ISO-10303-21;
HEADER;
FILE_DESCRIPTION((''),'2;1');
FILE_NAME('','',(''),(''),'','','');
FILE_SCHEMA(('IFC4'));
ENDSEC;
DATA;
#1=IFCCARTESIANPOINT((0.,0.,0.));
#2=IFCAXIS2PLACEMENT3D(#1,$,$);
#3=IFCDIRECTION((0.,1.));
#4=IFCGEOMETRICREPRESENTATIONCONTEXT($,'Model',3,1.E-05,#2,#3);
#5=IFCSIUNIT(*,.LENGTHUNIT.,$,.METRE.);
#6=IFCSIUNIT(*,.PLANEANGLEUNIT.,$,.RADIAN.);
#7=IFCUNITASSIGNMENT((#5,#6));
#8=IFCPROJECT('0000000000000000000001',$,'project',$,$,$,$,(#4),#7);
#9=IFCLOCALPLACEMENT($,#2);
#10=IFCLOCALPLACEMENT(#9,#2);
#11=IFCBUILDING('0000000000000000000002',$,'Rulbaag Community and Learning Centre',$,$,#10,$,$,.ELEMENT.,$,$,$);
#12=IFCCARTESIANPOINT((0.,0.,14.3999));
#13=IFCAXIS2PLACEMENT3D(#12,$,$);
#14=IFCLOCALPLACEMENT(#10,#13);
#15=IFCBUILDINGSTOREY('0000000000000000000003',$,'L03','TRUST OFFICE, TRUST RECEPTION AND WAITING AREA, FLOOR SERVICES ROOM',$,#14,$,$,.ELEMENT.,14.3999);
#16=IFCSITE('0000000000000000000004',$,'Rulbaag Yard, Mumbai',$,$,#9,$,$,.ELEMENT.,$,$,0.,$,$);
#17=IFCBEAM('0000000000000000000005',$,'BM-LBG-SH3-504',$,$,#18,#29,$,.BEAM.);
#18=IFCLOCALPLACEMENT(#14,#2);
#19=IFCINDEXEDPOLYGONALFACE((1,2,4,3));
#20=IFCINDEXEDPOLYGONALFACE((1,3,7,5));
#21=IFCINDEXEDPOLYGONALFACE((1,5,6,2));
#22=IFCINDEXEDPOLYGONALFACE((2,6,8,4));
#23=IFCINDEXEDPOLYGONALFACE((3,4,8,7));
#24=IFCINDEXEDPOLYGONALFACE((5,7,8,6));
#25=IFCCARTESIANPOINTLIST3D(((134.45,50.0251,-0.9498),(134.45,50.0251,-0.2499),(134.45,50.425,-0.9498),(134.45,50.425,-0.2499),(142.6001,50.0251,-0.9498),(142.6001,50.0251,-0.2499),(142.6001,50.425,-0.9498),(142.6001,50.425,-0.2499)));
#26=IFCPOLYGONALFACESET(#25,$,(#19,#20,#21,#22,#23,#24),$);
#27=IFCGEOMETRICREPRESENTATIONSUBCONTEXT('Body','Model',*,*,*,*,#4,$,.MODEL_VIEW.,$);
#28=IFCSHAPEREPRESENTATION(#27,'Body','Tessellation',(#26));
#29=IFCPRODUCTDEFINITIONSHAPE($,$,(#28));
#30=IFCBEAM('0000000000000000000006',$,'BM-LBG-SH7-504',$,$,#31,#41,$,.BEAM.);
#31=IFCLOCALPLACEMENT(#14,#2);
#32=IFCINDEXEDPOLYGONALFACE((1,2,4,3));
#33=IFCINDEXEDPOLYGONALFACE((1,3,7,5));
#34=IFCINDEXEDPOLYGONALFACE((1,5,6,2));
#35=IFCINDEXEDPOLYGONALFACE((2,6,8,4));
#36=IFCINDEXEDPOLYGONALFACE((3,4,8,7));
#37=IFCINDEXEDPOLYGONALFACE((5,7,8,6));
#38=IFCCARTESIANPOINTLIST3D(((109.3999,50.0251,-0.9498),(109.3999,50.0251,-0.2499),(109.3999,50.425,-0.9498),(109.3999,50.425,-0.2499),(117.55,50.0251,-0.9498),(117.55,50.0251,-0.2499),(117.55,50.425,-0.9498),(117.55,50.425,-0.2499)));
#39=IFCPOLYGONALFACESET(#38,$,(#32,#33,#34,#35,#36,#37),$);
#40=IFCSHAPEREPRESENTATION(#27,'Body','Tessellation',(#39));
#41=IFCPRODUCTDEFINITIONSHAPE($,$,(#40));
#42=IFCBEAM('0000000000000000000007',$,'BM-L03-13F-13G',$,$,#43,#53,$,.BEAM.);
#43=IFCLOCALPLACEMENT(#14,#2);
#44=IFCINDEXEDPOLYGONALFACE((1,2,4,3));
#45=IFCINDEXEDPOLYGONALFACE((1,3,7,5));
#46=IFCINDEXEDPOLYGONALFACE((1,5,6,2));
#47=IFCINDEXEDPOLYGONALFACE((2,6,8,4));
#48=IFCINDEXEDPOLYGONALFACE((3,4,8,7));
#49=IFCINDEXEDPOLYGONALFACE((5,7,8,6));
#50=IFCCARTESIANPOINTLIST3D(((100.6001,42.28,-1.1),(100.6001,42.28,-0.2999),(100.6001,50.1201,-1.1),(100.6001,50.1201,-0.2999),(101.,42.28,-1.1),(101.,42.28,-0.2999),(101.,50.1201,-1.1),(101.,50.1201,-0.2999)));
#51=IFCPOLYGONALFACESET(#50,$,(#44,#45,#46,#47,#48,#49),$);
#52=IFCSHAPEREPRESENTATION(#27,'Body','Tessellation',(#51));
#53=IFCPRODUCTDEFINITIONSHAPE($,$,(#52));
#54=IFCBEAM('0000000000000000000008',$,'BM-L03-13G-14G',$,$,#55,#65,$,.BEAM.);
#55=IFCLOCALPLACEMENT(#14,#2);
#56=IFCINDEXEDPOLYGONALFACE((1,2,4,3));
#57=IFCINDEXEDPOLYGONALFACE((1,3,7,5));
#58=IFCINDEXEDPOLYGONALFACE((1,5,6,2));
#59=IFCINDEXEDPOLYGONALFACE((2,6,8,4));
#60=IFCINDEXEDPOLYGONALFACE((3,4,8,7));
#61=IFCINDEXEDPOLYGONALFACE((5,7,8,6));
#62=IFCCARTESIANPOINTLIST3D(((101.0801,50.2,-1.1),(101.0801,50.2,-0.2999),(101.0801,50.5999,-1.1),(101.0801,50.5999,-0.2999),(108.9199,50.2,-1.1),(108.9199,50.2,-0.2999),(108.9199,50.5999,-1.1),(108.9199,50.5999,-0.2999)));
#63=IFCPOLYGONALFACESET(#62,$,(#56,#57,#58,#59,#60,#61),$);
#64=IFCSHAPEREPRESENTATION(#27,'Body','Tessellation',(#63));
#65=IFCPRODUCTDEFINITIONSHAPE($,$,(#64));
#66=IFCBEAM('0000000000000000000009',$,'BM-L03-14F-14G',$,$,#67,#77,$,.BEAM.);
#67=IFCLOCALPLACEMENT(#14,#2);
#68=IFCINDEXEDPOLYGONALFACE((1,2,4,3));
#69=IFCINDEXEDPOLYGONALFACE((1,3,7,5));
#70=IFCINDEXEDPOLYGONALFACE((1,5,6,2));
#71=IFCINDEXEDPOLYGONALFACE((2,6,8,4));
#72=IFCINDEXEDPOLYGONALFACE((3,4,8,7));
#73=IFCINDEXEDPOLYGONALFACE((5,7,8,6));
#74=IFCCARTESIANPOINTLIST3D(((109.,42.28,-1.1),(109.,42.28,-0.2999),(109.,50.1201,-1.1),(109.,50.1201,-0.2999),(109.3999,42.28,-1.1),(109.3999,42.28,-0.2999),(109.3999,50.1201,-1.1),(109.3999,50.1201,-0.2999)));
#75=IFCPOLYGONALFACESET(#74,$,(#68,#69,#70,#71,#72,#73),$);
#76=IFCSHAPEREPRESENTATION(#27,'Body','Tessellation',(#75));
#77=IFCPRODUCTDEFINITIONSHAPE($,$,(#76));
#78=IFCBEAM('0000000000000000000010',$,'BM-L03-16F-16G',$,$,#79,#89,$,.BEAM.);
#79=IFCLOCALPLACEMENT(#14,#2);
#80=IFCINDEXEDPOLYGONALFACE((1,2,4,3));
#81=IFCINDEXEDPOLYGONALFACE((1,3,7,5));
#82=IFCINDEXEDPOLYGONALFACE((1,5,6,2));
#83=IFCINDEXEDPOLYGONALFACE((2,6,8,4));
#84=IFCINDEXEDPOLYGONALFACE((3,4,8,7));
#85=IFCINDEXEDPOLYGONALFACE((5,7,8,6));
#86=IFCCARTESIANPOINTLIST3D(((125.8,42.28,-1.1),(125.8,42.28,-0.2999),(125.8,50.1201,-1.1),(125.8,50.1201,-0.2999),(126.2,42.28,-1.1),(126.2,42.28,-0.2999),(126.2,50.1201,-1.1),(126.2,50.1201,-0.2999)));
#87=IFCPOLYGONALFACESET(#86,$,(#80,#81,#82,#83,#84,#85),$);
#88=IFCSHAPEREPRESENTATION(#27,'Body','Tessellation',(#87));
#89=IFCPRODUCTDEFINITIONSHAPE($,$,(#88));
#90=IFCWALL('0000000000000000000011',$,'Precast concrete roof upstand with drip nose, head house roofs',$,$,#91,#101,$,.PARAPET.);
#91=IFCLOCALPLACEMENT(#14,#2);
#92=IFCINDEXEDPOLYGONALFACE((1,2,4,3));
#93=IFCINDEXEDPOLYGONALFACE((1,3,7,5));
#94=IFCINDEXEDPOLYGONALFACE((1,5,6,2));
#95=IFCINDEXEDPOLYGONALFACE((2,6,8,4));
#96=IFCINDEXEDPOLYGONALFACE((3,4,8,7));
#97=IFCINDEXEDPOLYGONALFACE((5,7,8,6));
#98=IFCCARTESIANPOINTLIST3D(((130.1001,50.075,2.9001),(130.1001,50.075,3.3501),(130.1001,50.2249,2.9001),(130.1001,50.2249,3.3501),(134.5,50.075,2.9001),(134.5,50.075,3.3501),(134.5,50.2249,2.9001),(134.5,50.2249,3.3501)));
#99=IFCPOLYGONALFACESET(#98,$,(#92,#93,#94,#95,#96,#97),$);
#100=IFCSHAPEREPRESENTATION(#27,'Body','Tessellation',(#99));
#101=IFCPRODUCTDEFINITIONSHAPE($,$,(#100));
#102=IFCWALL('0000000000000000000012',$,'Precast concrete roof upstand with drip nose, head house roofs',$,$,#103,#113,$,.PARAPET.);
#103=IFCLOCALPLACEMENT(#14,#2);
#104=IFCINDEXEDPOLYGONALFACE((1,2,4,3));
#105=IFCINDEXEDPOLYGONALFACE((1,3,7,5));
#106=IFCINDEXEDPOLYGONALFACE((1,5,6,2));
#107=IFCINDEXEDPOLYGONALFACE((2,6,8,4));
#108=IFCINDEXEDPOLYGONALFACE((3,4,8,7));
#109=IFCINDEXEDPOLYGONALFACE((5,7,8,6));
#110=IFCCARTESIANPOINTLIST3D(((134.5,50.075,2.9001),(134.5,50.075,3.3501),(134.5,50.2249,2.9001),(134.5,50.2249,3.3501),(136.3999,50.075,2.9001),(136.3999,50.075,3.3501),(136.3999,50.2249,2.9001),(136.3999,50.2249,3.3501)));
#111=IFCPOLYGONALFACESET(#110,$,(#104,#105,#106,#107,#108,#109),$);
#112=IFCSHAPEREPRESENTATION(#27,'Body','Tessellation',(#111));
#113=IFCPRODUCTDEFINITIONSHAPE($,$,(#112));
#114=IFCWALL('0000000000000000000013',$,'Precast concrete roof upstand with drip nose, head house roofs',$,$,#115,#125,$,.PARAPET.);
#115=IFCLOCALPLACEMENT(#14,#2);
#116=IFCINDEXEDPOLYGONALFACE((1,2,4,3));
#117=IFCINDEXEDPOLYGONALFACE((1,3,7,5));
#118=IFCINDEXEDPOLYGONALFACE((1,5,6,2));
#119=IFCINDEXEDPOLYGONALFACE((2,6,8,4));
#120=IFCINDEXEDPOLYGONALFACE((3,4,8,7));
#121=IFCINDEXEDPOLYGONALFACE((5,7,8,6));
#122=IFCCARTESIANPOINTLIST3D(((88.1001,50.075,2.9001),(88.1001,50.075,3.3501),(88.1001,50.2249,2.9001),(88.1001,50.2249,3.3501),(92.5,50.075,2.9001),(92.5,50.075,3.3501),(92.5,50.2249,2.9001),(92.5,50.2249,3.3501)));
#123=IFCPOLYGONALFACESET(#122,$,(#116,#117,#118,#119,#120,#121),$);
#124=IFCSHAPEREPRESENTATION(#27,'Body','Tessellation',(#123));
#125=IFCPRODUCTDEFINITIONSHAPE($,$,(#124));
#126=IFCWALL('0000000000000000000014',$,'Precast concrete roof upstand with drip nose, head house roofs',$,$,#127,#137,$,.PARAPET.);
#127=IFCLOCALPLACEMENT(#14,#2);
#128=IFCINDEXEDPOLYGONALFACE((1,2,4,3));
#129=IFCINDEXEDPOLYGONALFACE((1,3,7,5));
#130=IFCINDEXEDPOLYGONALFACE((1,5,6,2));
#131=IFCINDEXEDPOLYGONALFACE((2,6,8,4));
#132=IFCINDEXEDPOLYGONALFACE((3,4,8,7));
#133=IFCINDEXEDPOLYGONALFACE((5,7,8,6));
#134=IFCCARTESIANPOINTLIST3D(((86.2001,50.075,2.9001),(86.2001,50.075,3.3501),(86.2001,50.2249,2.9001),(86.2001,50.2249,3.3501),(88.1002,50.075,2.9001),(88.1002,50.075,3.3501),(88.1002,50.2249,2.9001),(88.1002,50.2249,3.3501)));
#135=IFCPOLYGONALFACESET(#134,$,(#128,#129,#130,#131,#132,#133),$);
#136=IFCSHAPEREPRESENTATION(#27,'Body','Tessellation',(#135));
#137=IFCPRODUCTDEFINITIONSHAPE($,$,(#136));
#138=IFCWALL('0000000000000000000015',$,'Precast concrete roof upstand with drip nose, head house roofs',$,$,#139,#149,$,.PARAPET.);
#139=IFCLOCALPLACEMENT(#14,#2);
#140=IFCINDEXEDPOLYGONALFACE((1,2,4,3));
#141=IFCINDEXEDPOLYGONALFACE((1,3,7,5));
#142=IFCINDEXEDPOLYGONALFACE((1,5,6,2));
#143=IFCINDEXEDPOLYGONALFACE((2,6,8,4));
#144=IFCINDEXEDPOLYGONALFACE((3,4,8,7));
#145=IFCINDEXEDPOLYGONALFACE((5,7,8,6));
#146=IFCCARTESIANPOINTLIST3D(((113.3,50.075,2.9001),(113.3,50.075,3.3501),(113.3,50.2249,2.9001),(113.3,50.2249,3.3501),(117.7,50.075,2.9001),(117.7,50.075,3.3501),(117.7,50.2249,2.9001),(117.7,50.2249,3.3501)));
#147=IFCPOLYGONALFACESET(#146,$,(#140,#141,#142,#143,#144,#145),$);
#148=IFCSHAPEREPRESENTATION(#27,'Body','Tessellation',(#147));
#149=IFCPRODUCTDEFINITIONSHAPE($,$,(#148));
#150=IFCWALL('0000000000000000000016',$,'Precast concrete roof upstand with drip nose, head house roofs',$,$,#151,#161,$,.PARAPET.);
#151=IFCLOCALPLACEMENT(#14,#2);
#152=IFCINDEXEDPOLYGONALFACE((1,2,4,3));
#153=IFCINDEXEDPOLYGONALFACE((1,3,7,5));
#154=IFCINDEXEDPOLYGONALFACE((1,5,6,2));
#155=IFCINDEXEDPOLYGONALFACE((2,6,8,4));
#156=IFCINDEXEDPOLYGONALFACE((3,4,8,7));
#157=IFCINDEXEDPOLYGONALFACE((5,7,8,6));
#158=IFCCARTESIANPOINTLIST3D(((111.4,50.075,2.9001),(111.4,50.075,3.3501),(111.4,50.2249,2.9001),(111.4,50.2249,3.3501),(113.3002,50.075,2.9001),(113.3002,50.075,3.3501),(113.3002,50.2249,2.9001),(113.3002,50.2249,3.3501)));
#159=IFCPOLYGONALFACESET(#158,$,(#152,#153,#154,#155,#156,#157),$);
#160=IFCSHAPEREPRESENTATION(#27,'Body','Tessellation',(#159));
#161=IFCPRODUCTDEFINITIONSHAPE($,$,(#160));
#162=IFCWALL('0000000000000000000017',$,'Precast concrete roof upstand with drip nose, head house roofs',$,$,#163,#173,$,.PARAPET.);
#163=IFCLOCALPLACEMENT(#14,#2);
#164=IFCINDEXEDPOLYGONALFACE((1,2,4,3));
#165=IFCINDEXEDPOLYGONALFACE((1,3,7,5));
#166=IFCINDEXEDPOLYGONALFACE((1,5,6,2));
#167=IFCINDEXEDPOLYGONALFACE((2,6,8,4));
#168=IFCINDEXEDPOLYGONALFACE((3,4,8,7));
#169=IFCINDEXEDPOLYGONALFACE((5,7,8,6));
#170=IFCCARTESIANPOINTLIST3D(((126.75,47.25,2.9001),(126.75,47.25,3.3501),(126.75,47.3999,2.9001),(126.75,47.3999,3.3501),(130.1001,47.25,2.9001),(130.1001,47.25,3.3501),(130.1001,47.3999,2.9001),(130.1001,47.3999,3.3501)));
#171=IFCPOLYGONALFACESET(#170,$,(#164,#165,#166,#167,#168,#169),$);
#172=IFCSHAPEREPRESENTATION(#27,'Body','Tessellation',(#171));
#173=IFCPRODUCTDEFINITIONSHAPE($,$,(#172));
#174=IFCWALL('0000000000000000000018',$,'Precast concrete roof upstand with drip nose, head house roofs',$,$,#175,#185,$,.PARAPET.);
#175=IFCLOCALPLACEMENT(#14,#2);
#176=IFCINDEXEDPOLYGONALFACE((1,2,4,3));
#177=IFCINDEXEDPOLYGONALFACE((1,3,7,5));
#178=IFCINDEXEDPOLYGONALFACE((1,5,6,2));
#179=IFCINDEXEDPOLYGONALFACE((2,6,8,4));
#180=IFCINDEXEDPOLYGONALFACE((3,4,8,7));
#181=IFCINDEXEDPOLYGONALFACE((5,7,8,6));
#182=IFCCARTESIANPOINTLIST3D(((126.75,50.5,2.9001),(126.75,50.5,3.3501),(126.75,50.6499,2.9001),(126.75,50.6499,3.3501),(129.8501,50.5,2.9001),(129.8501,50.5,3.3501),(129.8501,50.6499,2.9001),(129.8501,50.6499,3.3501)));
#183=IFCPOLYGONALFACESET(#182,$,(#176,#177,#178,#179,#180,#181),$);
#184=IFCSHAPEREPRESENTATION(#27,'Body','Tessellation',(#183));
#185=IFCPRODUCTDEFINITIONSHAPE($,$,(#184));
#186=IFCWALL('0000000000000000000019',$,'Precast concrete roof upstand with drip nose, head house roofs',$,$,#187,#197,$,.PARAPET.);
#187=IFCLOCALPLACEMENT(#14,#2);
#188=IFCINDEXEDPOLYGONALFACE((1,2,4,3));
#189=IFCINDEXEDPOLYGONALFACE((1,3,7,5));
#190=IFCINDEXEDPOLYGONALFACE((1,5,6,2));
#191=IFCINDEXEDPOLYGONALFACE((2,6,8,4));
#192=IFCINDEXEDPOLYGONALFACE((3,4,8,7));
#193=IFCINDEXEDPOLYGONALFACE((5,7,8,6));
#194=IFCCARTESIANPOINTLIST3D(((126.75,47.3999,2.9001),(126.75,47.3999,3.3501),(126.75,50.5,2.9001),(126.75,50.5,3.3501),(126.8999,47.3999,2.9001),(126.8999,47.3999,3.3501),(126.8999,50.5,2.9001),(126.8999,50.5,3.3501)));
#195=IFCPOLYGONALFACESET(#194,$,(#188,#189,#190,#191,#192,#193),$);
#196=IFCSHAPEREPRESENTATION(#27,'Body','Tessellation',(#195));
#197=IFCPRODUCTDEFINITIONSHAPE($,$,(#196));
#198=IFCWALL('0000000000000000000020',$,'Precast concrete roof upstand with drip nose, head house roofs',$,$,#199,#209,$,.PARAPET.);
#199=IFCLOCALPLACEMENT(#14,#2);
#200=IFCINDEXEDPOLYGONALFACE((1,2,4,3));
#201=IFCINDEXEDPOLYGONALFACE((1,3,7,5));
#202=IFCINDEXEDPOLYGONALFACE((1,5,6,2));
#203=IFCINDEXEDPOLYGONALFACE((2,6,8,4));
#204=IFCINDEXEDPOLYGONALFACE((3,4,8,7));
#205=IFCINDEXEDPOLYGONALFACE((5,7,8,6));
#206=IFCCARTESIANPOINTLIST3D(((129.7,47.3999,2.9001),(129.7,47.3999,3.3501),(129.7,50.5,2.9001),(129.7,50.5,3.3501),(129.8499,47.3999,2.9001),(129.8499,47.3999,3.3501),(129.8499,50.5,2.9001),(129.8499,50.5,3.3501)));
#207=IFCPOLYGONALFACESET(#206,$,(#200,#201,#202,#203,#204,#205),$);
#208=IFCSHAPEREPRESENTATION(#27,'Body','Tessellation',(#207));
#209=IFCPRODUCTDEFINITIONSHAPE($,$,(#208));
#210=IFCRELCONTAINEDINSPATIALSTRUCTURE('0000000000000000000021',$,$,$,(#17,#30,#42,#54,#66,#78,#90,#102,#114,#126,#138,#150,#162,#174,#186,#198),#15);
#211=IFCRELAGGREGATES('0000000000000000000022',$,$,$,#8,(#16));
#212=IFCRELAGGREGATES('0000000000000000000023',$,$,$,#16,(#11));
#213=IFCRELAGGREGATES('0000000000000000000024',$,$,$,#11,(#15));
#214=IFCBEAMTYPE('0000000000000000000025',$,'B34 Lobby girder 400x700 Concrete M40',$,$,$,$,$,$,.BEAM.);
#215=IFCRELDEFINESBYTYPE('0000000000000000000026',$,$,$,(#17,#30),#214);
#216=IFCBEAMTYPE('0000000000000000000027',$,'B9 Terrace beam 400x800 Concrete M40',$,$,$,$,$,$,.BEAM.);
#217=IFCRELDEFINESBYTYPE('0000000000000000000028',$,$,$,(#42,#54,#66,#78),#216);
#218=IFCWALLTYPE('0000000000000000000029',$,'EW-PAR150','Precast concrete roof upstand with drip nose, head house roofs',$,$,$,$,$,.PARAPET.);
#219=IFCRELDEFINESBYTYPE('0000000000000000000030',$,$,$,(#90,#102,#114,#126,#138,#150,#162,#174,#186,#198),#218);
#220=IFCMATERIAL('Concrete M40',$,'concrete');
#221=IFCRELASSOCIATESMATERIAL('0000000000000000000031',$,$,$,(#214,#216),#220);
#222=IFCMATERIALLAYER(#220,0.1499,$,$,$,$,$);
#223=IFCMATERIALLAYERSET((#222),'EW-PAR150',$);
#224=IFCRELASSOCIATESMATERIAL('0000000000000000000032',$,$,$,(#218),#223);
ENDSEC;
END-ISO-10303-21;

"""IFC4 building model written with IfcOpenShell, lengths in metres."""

from ifc_helpers import new_model, si_unit, direction, frame, frame_2d, origin, origin_2d, place, context, subcontext, project, spatial, rectangle, extrude, material, layer, layer_set, material_profile, profile_set, type_object, element, save


model = new_model("IFC4")

# Units and contexts
model_context = context("Model", 3, precision=1e-05, world=origin(), true_north=direction((0.0, 1.0)))
body_context = subcontext(model_context, "Body", "Model", "MODEL_VIEW")
ifc_project = project(units=[si_unit("LENGTHUNIT", "METRE"), si_unit("PLANEANGLEUNIT", "RADIAN")], contexts=[model_context])

# Site, building, storey
site_placement = place(None, origin())
site = spatial("IfcSite", under=ifc_project, at=site_placement, Name="Rulbaag Yard, Mumbai", CompositionType="ELEMENT", RefElevation=0.0)
building_placement = place(site_placement, origin())
building = spatial("IfcBuilding", under=site, at=building_placement, Name="Rulbaag Community and Learning Centre", CompositionType="ELEMENT")
storey_placement = place(building_placement, frame((0.0, 0.0, 14.3999)))
storey = spatial("IfcBuildingStorey", under=building, at=storey_placement, Name="L03", Description="TRUST OFFICE, TRUST RECEPTION AND WAITING AREA, FLOOR SERVICES ROOM", CompositionType="ELEMENT", Elevation=14.3999)

# Beams
ifc_material_1 = material(Name="Concrete M40", Category="concrete")
ifc_material_profile_1 = material_profile(ifc_material_1, rectangle(XDim=0.3999, YDim=0.7, at=origin_2d()), Name="RB400x700")
ifc_profile_set_1 = profile_set([ifc_material_profile_1], Name="Concrete M40")
beam_type_1 = type_object("IfcBeamType", Name="B34 Lobby girder 400x700 Concrete M40", PredefinedType="BEAM", material=ifc_profile_set_1)
for number, where, z_axis, x_axis, name in (
    (1, (134.45, 50.2251, -0.5999), (1.0, 0.0, 0.0), (0.0, 1.0, 0.0), "BM-LBG-SH3-504"),
    (2, (109.3999, 50.2251, -0.5999), (1.0, 0.0, 0.0), (0.0, 1.0, 0.0), "BM-LBG-SH7-504"),
):
    element("IfcBeam", number, at=place(storey_placement, frame(where, z_axis=z_axis, x_axis=x_axis)), inside=storey, type_object=beam_type_1, Name=name, PredefinedType="BEAM", context=body_context, shape_type="SweptSolid", body=[
        extrude(rectangle(XDim=0.3999, YDim=0.7, at=origin_2d()), origin(), (0.0, 0.0, 1.0), 8.1501),
    ])
ifc_material_profile_2 = material_profile(ifc_material_1, rectangle(XDim=0.3999, YDim=0.8, at=origin_2d()), Name="RB400x800")
ifc_profile_set_2 = profile_set([ifc_material_profile_2], Name="Concrete M40")
beam_type_2 = type_object("IfcBeamType", Name="B9 Terrace beam 400x800 Concrete M40", PredefinedType="BEAM", material=ifc_profile_set_2)
beam_1_placement = place(storey_placement, frame((100.8, 42.28, -0.7), z_axis=(0.0, 1.0, 0.0), x_axis=(-1.0, 0.0, 0.0)))
element("IfcBeam", 3, at=beam_1_placement, inside=storey, type_object=beam_type_2, Name="BM-L03-13F-13G", PredefinedType="BEAM", context=body_context, shape_type="SweptSolid", body=[
    extrude(rectangle(XDim=0.3999, YDim=0.8, at=origin_2d()), origin(), (0.0, 0.0, 1.0), 7.8401),
])
beam_2_placement = place(storey_placement, frame((101.0801, 50.3999, -0.7), z_axis=(1.0, 0.0, 0.0), x_axis=(0.0, 1.0, 0.0)))
element("IfcBeam", 4, at=beam_2_placement, inside=storey, type_object=beam_type_2, Name="BM-L03-13G-14G", PredefinedType="BEAM", context=body_context, shape_type="SweptSolid", body=[
    extrude(rectangle(XDim=0.3999, YDim=0.8, at=origin_2d()), origin(), (0.0, 0.0, 1.0), 7.8398),
])
for number, where, z_axis, x_axis, name in (
    (5, (109.2, 42.28, -0.7), (0.0, 1.0, 0.0), (-1.0, 0.0, 0.0), "BM-L03-14F-14G"),
    (6, (126.0, 42.28, -0.7), (0.0, 1.0, 0.0), (-1.0, 0.0, 0.0), "BM-L03-16F-16G"),
):
    element("IfcBeam", number, at=place(storey_placement, frame(where, z_axis=z_axis, x_axis=x_axis)), inside=storey, type_object=beam_type_2, Name=name, PredefinedType="BEAM", context=body_context, shape_type="SweptSolid", body=[
        extrude(rectangle(XDim=0.3999, YDim=0.8, at=origin_2d()), origin(), (0.0, 0.0, 1.0), 7.8401),
    ])

# Walls
ifc_layer_1 = layer(ifc_material_1, 0.1499)
ifc_layer_set_1 = layer_set([ifc_layer_1], Name="EW-PAR150")
wall_type_1 = type_object("IfcWallType", Name="EW-PAR150", Description="Precast concrete roof upstand with drip nose, head house roofs", PredefinedType="PARAPET", material=ifc_layer_set_1)
wall_1_placement = place(storey_placement, frame((130.1001, 50.1499, 2.9001), z_axis=(0.0, 0.0, 1.0), x_axis=(1.0, 0.0, 0.0)))
element("IfcWall", 7, at=wall_1_placement, inside=storey, type_object=wall_type_1, Name="Precast concrete roof upstand with drip nose, head house roofs", PredefinedType="PARAPET", context=body_context, shape_type="SweptSolid", body=[
    extrude(rectangle(XDim=4.3999, YDim=0.1499, at=frame_2d((2.2, 0.0))), origin(), (0.0, 0.0, 1.0), 0.45),
])
wall_2_placement = place(storey_placement, frame((134.5, 50.1499, 2.9001), z_axis=(0.0, 0.0, 1.0), x_axis=(1.0, 0.0, 0.0)))
element("IfcWall", 8, at=wall_2_placement, inside=storey, type_object=wall_type_1, Name="Precast concrete roof upstand with drip nose, head house roofs", PredefinedType="PARAPET", context=body_context, shape_type="SweptSolid", body=[
    extrude(rectangle(XDim=1.8999, YDim=0.1499, at=frame_2d((0.95, 0.0))), origin(), (0.0, 0.0, 1.0), 0.45),
])
wall_3_placement = place(storey_placement, frame((88.1001, 50.1499, 2.9001), z_axis=(0.0, 0.0, 1.0), x_axis=(1.0, 0.0, 0.0)))
element("IfcWall", 9, at=wall_3_placement, inside=storey, type_object=wall_type_1, Name="Precast concrete roof upstand with drip nose, head house roofs", PredefinedType="PARAPET", context=body_context, shape_type="SweptSolid", body=[
    extrude(rectangle(XDim=4.3999, YDim=0.1499, at=frame_2d((2.2, 0.0))), origin(), (0.0, 0.0, 1.0), 0.45),
])
wall_4_placement = place(storey_placement, frame((86.2, 50.1499, 2.9001), z_axis=(0.0, 0.0, 1.0), x_axis=(1.0, 0.0, 0.0)))
element("IfcWall", 10, at=wall_4_placement, inside=storey, type_object=wall_type_1, Name="Precast concrete roof upstand with drip nose, head house roofs", PredefinedType="PARAPET", context=body_context, shape_type="SweptSolid", body=[
    extrude(rectangle(XDim=1.9001, YDim=0.1499, at=frame_2d((0.9502, 0.0))), origin(), (0.0, 0.0, 1.0), 0.45),
])
wall_5_placement = place(storey_placement, frame((113.3, 50.1499, 2.9001), z_axis=(0.0, 0.0, 1.0), x_axis=(1.0, 0.0, 0.0)))
element("IfcWall", 11, at=wall_5_placement, inside=storey, type_object=wall_type_1, Name="Precast concrete roof upstand with drip nose, head house roofs", PredefinedType="PARAPET", context=body_context, shape_type="SweptSolid", body=[
    extrude(rectangle(XDim=4.3999, YDim=0.1499, at=frame_2d((2.2, 0.0))), origin(), (0.0, 0.0, 1.0), 0.45),
])
wall_6_placement = place(storey_placement, frame((111.3999, 50.1499, 2.9001), z_axis=(0.0, 0.0, 1.0), x_axis=(1.0, 0.0, 0.0)))
element("IfcWall", 12, at=wall_6_placement, inside=storey, type_object=wall_type_1, Name="Precast concrete roof upstand with drip nose, head house roofs", PredefinedType="PARAPET", context=body_context, shape_type="SweptSolid", body=[
    extrude(rectangle(XDim=1.9001, YDim=0.1499, at=frame_2d((0.9502, 0.0))), origin(), (0.0, 0.0, 1.0), 0.45),
])
wall_7_placement = place(storey_placement, frame((126.75, 47.325, 2.9001), z_axis=(0.0, 0.0, 1.0), x_axis=(1.0, 0.0, 0.0)))
element("IfcWall", 13, at=wall_7_placement, inside=storey, type_object=wall_type_1, Name="Precast concrete roof upstand with drip nose, head house roofs", PredefinedType="PARAPET", context=body_context, shape_type="SweptSolid", body=[
    extrude(rectangle(XDim=3.3501, YDim=0.1499, at=frame_2d((1.675, 0.0))), origin(), (0.0, 0.0, 1.0), 0.45),
])
for number, where, z_axis, x_axis, name in (
    (14, (126.75, 50.575, 2.9001), (0.0, 0.0, 1.0), (1.0, 0.0, 0.0), "Precast concrete roof upstand with drip nose, head house roofs"),
    (15, (126.825, 47.3999, 2.9001), (0.0, 0.0, 1.0), (0.0, 1.0, 0.0), "Precast concrete roof upstand with drip nose, head house roofs"),
    (16, (129.7749, 47.3999, 2.9001), (0.0, 0.0, 1.0), (0.0, 1.0, 0.0), "Precast concrete roof upstand with drip nose, head house roofs"),
):
    element("IfcWall", number, at=place(storey_placement, frame(where, z_axis=z_axis, x_axis=x_axis)), inside=storey, type_object=wall_type_1, Name=name, PredefinedType="PARAPET", context=body_context, shape_type="SweptSolid", body=[
        extrude(rectangle(XDim=3.1001, YDim=0.1499, at=frame_2d((1.55, 0.0))), origin(), (0.0, 0.0, 1.0), 0.45),
    ])

save(model, "model.ifc")
